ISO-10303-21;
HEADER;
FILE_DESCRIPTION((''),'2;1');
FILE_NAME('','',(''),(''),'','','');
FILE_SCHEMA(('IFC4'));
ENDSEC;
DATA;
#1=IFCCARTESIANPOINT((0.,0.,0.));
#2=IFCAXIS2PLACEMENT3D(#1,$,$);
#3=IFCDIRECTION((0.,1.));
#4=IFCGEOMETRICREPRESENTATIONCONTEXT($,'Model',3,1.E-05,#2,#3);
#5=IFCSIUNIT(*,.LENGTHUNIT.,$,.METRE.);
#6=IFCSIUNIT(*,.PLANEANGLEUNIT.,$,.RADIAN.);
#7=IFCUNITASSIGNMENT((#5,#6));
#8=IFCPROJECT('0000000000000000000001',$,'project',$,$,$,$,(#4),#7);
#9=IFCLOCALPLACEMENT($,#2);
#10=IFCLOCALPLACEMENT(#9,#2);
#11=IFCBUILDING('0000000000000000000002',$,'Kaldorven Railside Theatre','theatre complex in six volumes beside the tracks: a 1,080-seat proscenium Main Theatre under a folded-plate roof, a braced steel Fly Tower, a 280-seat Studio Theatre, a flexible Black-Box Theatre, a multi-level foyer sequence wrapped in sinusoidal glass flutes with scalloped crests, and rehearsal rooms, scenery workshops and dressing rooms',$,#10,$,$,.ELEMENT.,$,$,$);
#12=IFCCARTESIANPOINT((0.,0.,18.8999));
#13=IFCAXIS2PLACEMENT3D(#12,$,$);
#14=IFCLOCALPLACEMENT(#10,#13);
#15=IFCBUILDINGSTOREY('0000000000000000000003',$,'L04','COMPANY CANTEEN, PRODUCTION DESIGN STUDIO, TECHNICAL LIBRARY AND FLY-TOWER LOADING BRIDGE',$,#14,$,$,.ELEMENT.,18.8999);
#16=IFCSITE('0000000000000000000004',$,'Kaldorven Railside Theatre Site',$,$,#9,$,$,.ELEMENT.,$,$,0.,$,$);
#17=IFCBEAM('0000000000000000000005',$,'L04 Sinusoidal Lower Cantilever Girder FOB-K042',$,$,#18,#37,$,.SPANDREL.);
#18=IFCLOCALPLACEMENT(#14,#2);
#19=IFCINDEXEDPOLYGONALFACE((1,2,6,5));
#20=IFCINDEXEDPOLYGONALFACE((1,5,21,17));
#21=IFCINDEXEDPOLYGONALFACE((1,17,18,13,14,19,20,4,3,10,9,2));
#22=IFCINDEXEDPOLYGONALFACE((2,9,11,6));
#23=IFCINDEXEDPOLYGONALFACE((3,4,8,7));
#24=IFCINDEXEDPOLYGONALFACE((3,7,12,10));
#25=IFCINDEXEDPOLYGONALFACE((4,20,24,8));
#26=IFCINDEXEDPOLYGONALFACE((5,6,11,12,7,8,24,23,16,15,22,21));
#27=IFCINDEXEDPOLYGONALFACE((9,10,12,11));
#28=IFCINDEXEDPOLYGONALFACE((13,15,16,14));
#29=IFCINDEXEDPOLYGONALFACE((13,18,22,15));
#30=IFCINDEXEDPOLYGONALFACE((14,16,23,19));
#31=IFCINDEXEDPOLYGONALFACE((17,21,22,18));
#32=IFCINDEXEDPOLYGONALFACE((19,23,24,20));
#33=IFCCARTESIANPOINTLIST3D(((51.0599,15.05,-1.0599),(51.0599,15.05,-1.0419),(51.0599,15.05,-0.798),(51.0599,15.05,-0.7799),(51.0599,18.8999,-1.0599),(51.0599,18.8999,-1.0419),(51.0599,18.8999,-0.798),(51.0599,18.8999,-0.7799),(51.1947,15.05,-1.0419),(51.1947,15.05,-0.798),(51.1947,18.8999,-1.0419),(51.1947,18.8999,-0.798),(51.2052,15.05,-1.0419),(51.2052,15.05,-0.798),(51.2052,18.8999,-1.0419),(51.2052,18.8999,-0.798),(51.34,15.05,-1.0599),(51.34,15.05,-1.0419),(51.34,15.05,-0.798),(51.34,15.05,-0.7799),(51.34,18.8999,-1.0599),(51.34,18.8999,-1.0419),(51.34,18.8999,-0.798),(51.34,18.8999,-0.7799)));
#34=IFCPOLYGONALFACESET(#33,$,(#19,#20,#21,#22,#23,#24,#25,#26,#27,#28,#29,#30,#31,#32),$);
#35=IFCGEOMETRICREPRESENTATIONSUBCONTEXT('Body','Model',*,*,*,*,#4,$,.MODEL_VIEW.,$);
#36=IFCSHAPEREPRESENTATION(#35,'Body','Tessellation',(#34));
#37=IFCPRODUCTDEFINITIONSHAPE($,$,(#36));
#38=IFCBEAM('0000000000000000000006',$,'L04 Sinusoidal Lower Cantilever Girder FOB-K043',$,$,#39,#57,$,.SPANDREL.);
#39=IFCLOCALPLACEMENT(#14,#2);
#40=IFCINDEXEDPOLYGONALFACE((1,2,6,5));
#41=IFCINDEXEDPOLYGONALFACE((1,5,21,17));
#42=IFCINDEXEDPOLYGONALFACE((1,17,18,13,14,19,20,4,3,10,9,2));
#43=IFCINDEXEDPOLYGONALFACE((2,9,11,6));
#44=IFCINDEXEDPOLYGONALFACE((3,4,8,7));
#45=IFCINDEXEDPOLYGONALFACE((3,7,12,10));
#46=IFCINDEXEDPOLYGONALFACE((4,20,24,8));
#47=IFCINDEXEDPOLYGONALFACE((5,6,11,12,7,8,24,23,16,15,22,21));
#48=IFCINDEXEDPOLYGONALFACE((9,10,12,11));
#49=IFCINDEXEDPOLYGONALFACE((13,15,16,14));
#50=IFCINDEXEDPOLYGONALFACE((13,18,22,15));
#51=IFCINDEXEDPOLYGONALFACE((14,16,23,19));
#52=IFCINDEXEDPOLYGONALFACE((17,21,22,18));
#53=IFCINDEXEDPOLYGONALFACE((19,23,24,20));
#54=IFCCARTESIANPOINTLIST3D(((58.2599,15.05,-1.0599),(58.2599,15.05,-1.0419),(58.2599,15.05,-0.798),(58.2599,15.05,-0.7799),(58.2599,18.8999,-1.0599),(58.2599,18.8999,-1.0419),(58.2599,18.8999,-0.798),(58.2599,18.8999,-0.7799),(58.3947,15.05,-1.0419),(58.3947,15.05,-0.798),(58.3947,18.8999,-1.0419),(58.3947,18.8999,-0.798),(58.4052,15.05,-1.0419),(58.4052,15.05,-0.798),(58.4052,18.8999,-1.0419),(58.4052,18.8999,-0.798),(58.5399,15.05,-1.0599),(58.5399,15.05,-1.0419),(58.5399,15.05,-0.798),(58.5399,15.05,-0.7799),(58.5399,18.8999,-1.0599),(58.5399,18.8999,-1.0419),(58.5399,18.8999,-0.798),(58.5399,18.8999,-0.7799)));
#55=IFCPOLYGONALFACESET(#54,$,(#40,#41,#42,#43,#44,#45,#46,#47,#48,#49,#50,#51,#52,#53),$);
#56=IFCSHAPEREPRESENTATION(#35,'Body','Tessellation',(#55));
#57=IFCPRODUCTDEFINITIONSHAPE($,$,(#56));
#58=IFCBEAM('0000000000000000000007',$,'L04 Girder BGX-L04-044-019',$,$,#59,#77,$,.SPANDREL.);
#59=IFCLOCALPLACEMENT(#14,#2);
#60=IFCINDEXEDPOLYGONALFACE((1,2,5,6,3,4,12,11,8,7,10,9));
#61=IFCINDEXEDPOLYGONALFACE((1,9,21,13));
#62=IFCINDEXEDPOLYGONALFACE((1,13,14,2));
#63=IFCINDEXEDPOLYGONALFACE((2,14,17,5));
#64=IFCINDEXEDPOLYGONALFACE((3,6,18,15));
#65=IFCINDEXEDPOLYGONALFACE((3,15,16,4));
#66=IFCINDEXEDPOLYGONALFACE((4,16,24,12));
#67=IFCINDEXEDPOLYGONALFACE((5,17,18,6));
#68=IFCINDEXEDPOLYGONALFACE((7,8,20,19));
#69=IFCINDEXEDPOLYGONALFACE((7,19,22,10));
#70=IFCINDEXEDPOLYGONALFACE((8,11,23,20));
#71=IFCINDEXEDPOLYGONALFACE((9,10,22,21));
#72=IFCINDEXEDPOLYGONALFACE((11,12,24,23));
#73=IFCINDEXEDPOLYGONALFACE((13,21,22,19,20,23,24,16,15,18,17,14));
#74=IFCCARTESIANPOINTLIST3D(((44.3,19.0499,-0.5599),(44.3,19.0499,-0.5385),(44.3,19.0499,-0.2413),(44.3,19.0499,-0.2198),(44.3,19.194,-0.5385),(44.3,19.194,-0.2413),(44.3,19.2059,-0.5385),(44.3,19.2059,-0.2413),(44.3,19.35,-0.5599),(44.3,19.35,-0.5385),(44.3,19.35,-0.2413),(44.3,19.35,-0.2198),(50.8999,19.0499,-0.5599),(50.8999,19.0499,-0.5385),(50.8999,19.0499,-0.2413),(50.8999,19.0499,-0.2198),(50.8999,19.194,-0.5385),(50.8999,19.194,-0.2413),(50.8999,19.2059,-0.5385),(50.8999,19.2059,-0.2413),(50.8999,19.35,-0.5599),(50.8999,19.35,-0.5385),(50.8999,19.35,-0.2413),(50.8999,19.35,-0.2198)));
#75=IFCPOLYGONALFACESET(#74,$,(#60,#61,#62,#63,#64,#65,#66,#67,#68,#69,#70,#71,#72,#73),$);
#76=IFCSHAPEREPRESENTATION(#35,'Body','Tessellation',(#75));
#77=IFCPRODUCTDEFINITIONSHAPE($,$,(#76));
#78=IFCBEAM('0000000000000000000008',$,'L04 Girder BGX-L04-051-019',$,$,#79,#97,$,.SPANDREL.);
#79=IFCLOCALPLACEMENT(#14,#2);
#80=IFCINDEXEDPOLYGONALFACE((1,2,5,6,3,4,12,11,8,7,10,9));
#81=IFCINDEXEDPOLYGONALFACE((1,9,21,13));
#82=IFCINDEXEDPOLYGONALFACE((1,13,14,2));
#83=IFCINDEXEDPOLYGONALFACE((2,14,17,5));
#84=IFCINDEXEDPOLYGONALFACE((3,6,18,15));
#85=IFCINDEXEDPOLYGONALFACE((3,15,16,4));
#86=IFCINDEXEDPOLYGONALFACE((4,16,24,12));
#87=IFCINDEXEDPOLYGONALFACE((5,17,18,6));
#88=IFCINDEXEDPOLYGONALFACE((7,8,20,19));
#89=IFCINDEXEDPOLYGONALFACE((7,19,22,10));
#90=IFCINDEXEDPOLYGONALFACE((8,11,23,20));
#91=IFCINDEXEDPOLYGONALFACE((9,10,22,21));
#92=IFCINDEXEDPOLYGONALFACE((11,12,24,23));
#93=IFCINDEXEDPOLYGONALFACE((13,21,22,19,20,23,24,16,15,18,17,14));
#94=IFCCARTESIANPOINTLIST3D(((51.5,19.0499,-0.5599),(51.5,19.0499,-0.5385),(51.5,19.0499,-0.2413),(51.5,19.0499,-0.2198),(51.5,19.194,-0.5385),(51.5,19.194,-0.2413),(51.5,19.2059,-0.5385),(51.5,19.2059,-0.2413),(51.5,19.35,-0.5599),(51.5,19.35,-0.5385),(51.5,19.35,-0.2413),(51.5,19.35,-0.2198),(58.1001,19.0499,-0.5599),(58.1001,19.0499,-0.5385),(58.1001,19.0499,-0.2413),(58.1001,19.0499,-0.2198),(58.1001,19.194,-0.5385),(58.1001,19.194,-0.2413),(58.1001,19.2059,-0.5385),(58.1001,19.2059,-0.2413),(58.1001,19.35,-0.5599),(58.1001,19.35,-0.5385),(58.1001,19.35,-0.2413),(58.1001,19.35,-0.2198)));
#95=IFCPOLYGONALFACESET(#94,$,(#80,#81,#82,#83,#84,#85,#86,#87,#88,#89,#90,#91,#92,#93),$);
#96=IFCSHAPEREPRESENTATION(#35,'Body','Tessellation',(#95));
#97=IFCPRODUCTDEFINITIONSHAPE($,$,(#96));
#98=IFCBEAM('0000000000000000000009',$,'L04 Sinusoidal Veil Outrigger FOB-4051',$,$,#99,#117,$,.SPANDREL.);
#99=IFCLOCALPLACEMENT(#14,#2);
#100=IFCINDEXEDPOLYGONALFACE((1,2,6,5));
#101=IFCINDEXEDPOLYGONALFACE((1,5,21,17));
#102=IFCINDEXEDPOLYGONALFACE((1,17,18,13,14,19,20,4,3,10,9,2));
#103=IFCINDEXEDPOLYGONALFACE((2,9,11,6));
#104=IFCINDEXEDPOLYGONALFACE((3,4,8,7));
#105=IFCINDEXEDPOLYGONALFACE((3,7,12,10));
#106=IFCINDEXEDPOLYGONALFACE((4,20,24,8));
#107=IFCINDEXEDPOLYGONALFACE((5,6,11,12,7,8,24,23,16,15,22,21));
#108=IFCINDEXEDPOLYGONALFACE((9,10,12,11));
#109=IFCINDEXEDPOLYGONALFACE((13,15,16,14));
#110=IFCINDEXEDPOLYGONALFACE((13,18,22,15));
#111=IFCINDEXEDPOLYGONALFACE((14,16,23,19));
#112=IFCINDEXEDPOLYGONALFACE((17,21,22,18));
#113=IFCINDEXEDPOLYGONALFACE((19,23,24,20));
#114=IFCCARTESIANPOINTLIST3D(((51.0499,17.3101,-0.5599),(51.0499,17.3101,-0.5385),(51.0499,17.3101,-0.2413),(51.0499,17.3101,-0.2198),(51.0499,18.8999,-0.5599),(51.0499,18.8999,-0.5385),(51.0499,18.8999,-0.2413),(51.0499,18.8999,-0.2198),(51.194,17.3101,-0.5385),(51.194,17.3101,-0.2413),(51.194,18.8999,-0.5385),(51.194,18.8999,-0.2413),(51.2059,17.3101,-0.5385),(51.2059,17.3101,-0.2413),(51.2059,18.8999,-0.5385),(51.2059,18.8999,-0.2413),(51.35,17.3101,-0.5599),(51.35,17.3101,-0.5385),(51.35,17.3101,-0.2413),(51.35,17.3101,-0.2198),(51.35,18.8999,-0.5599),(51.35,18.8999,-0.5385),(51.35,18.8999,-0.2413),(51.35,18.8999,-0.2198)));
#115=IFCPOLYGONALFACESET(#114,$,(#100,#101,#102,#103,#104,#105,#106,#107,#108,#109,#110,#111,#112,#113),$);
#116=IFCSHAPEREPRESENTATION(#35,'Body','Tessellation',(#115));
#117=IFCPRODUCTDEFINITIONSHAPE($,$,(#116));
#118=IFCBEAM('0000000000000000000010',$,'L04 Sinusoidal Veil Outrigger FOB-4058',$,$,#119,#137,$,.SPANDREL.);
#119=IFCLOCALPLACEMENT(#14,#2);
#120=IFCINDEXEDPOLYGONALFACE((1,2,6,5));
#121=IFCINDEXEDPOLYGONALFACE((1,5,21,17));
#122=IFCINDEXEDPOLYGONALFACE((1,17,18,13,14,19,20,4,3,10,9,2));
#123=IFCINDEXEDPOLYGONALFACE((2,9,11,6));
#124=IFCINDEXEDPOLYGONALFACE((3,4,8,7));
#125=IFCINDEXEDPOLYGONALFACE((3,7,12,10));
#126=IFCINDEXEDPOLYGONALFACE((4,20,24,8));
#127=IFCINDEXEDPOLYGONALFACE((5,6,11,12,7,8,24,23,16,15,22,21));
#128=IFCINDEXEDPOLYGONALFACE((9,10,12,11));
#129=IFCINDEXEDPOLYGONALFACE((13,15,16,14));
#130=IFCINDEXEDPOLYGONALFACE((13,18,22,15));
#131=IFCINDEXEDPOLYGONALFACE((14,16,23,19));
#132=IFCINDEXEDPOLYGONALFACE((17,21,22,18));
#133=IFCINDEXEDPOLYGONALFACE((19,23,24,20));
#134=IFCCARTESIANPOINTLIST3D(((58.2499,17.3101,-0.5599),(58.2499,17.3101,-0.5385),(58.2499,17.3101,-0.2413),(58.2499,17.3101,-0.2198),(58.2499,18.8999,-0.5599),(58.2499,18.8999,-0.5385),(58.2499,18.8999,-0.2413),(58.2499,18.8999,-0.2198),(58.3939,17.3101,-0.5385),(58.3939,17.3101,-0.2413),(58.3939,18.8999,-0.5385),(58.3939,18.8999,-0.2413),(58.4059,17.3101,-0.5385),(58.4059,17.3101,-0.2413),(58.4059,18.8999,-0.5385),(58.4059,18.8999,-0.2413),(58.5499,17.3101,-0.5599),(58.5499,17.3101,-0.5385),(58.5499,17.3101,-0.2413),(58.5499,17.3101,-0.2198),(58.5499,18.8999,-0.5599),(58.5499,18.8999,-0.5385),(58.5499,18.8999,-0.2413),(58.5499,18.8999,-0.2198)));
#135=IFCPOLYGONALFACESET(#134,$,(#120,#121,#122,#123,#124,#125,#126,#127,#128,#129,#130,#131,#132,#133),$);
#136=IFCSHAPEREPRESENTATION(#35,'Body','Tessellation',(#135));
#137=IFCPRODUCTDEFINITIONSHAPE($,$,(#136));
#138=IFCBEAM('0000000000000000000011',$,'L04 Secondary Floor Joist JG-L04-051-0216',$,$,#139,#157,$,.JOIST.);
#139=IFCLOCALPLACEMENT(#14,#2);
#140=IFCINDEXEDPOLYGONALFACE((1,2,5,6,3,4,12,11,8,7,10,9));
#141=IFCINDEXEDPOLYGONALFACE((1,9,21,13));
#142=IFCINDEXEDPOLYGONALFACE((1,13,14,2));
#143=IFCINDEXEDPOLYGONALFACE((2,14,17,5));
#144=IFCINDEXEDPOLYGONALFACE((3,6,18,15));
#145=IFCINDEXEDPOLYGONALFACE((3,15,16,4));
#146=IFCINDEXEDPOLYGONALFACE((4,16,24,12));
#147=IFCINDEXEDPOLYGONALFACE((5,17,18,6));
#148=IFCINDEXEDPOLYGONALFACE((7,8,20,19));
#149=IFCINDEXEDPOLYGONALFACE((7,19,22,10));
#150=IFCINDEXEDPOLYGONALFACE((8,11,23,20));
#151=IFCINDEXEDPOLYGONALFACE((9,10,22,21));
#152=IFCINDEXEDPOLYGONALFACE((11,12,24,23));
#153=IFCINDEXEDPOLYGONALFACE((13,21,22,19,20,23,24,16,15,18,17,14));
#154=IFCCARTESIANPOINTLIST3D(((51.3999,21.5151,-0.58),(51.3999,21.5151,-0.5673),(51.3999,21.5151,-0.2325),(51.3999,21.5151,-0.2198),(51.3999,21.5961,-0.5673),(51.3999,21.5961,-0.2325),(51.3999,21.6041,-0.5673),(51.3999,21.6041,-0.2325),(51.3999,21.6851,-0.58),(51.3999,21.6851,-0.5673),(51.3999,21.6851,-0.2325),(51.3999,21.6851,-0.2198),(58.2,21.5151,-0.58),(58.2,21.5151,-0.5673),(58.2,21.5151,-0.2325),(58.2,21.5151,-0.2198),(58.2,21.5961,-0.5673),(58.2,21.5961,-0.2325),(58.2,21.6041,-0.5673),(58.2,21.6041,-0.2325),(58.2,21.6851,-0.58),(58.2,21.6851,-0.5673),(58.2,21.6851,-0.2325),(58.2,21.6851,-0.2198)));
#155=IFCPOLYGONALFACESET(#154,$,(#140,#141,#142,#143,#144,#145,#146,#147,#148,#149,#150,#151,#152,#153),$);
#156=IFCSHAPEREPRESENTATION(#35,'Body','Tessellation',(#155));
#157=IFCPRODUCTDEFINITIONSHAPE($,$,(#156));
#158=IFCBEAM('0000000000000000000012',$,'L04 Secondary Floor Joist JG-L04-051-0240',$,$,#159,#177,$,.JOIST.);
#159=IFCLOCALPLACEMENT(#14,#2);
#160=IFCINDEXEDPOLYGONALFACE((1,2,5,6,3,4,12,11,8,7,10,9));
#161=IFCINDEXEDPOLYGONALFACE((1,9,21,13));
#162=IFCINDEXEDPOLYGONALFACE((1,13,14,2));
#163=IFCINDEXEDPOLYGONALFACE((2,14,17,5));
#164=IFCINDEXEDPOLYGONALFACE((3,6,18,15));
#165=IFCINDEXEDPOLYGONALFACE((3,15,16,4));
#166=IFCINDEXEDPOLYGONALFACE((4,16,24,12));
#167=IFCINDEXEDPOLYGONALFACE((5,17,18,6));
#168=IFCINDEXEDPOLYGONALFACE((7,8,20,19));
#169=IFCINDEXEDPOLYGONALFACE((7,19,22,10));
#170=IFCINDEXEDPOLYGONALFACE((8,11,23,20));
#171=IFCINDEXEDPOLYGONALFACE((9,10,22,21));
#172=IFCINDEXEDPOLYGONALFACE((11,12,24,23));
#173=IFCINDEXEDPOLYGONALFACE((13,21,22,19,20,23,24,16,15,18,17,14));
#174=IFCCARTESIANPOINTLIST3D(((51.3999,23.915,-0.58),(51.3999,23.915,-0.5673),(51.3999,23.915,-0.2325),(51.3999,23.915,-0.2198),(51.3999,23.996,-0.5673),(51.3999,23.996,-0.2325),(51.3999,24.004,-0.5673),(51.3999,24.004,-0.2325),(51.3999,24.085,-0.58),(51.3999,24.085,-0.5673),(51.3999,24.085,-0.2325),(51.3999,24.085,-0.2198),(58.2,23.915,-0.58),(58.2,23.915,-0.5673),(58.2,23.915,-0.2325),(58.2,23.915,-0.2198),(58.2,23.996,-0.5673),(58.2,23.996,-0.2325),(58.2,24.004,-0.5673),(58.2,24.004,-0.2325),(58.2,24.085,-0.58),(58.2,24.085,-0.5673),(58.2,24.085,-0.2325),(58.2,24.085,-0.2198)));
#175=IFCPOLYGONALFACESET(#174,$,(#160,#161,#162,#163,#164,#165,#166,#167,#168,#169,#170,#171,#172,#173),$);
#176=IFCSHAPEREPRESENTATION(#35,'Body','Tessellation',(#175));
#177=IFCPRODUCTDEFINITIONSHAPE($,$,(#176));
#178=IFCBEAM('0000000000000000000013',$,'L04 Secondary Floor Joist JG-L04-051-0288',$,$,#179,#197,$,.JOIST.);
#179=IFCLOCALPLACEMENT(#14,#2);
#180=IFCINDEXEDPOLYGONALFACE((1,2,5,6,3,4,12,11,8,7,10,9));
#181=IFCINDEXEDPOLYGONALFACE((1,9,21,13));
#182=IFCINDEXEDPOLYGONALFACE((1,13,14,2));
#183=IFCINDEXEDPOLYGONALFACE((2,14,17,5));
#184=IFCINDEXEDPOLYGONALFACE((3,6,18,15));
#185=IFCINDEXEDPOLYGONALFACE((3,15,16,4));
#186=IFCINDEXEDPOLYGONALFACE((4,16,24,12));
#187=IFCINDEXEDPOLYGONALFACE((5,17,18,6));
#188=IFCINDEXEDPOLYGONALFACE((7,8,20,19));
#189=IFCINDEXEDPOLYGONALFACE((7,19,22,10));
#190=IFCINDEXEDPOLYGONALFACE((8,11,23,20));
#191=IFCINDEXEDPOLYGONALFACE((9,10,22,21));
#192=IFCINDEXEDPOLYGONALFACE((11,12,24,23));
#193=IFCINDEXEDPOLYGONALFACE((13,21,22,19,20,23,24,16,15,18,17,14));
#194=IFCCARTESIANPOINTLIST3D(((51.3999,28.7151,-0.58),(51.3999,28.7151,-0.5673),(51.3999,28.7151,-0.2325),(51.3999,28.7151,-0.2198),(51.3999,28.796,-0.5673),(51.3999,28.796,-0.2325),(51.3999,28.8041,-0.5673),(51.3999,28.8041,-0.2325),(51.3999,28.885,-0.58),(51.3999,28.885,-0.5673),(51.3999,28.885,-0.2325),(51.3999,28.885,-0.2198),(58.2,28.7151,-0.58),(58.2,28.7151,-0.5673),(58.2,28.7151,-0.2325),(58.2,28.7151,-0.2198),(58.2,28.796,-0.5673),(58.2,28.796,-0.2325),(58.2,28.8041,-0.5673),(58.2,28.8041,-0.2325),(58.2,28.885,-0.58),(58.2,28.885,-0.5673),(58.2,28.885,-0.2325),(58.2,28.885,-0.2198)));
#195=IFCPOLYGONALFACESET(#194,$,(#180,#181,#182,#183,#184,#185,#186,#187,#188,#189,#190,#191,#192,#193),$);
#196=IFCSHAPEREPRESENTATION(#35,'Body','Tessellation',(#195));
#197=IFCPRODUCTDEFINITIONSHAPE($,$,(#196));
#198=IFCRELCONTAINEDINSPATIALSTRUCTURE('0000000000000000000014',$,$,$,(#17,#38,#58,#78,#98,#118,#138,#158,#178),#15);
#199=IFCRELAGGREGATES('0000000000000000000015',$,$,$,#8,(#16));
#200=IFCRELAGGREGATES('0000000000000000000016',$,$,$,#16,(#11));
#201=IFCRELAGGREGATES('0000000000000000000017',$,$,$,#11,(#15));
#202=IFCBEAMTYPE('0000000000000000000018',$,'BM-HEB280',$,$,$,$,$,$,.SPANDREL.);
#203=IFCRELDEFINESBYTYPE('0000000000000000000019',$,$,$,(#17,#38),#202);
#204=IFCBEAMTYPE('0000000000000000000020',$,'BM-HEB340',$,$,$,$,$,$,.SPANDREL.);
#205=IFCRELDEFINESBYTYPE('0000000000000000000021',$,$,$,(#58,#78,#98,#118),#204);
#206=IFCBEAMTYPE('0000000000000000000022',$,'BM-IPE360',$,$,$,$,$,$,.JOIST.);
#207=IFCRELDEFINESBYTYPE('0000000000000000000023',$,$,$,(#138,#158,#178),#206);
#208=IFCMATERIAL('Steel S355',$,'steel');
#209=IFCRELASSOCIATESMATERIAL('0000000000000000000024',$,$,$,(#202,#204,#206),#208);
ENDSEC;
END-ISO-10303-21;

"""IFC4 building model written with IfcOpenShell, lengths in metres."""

from ifc_helpers import new_model, si_unit, direction, frame, origin, origin_2d, place, context, subcontext, project, spatial, i_section, extrude, material, material_profile, profile_set, type_object, element, save


model = new_model("IFC4")

# Units and contexts
model_context = context("Model", 3, precision=1e-05, world=origin(), true_north=direction((0.0, 1.0)))
body_context = subcontext(model_context, "Body", "Model", "MODEL_VIEW")
ifc_project = project(units=[si_unit("LENGTHUNIT", "METRE"), si_unit("PLANEANGLEUNIT", "RADIAN")], contexts=[model_context])

# Site, building, storey
site_placement = place(None, origin())
site = spatial("IfcSite", under=ifc_project, at=site_placement, Name="Kaldorven Railside Theatre Site", CompositionType="ELEMENT", RefElevation=0.0)
building_placement = place(site_placement, origin())
building = spatial("IfcBuilding", under=site, at=building_placement, Name="Kaldorven Railside Theatre", Description="theatre complex in six volumes beside the tracks: a 1,080-seat proscenium Main Theatre under a folded-plate roof, a braced steel Fly Tower, a 280-seat Studio Theatre, a flexible Black-Box Theatre, a multi-level foyer sequence wrapped in sinusoidal glass flutes with scalloped crests, and rehearsal rooms, scenery workshops and dressing rooms", CompositionType="ELEMENT")
storey_placement = place(building_placement, frame((0.0, 0.0, 18.8999)))
storey = spatial("IfcBuildingStorey", under=building, at=storey_placement, Name="L04", Description="COMPANY CANTEEN, PRODUCTION DESIGN STUDIO, TECHNICAL LIBRARY AND FLY-TOWER LOADING BRIDGE", CompositionType="ELEMENT", Elevation=18.8999)

# Beams
ifc_material_1 = material(Name="Steel S355", Category="steel")
ifc_material_profile_1 = material_profile(ifc_material_1, i_section(OverallWidth=0.28, OverallDepth=0.28, WebThickness=0.0105, FlangeThickness=0.0181, at=origin_2d()), Name="HEB 280")
ifc_profile_set_1 = profile_set([ifc_material_profile_1], Name="Steel S355")
beam_type_1 = type_object("IfcBeamType", Name="BM-HEB280", PredefinedType="SPANDREL", material=ifc_profile_set_1)
for number, where, z_axis, x_axis, name in (
    (1, (51.2, 15.05, -0.9199), (0.0, 1.0, 0.0), (-1.0, 0.0, 0.0), "L04 Sinusoidal Lower Cantilever Girder FOB-K042"),
    (2, (58.3999, 15.05, -0.9199), (0.0, 1.0, 0.0), (-1.0, 0.0, 0.0), "L04 Sinusoidal Lower Cantilever Girder FOB-K043"),
):
    element("IfcBeam", number, at=place(storey_placement, frame(where, z_axis=z_axis, x_axis=x_axis)), inside=storey, type_object=beam_type_1, Name=name, PredefinedType="SPANDREL", context=body_context, shape_type="SweptSolid", body=[
        extrude(i_section(OverallWidth=0.28, OverallDepth=0.28, WebThickness=0.0105, FlangeThickness=0.0181, at=origin_2d()), origin(), (0.0, 0.0, 1.0), 3.8499),
    ])
ifc_material_profile_2 = material_profile(ifc_material_1, i_section(OverallWidth=0.3, OverallDepth=0.3401, WebThickness=0.012, FlangeThickness=0.0215, at=origin_2d()), Name="HEB 340")
ifc_profile_set_2 = profile_set([ifc_material_profile_2], Name="Steel S355")
beam_type_2 = type_object("IfcBeamType", Name="BM-HEB340", PredefinedType="SPANDREL", material=ifc_profile_set_2)
beam_1_placement = place(storey_placement, frame((44.3, 19.2, -0.3899), z_axis=(1.0, 0.0, 0.0), x_axis=(0.0, 1.0, 0.0)))
element("IfcBeam", 3, at=beam_1_placement, inside=storey, type_object=beam_type_2, Name="L04 Girder BGX-L04-044-019", PredefinedType="SPANDREL", context=body_context, shape_type="SweptSolid", body=[
    extrude(i_section(OverallWidth=0.3, OverallDepth=0.3401, WebThickness=0.012, FlangeThickness=0.0215, at=origin_2d()), origin(), (0.0, 0.0, 1.0), 6.5999),
])
beam_2_placement = place(storey_placement, frame((51.5, 19.2, -0.3899), z_axis=(1.0, 0.0, 0.0), x_axis=(0.0, 1.0, 0.0)))
element("IfcBeam", 4, at=beam_2_placement, inside=storey, type_object=beam_type_2, Name="L04 Girder BGX-L04-051-019", PredefinedType="SPANDREL", context=body_context, shape_type="SweptSolid", body=[
    extrude(i_section(OverallWidth=0.3, OverallDepth=0.3401, WebThickness=0.012, FlangeThickness=0.0215, at=origin_2d()), origin(), (0.0, 0.0, 1.0), 6.6001),
])
for number, where, z_axis, x_axis, name in (
    (5, (51.2, 17.3101, -0.3899), (0.0, 1.0, 0.0), (-1.0, 0.0, 0.0), "L04 Sinusoidal Veil Outrigger FOB-4051"),
    (6, (58.3999, 17.3101, -0.3899), (0.0, 1.0, 0.0), (-1.0, 0.0, 0.0), "L04 Sinusoidal Veil Outrigger FOB-4058"),
):
    element("IfcBeam", number, at=place(storey_placement, frame(where, z_axis=z_axis, x_axis=x_axis)), inside=storey, type_object=beam_type_2, Name=name, PredefinedType="SPANDREL", context=body_context, shape_type="SweptSolid", body=[
        extrude(i_section(OverallWidth=0.3, OverallDepth=0.3401, WebThickness=0.012, FlangeThickness=0.0215, at=origin_2d()), origin(), (0.0, 0.0, 1.0), 1.5898),
    ])
ifc_material_profile_3 = material_profile(ifc_material_1, i_section(OverallWidth=0.1699, OverallDepth=0.3601, WebThickness=0.0081, FlangeThickness=0.0127, at=origin_2d()), Name="IPE 360")
ifc_profile_set_3 = profile_set([ifc_material_profile_3], Name="Steel S355")
beam_type_3 = type_object("IfcBeamType", Name="BM-IPE360", PredefinedType="JOIST", material=ifc_profile_set_3)
for number, where, z_axis, x_axis, name in (
    (7, (51.3999, 21.6001, -0.3999), (1.0, 0.0, 0.0), (0.0, 1.0, 0.0), "L04 Secondary Floor Joist JG-L04-051-0216"),
    (8, (51.3999, 24.0, -0.3999), (1.0, 0.0, 0.0), (0.0, 1.0, 0.0), "L04 Secondary Floor Joist JG-L04-051-0240"),
    (9, (51.3999, 28.8, -0.3999), (1.0, 0.0, 0.0), (0.0, 1.0, 0.0), "L04 Secondary Floor Joist JG-L04-051-0288"),
):
    element("IfcBeam", number, at=place(storey_placement, frame(where, z_axis=z_axis, x_axis=x_axis)), inside=storey, type_object=beam_type_3, Name=name, PredefinedType="JOIST", context=body_context, shape_type="SweptSolid", body=[
        extrude(i_section(OverallWidth=0.1699, OverallDepth=0.3601, WebThickness=0.0081, FlangeThickness=0.0127, at=origin_2d()), origin(), (0.0, 0.0, 1.0), 6.8),
    ])

save(model, "model.ifc")
